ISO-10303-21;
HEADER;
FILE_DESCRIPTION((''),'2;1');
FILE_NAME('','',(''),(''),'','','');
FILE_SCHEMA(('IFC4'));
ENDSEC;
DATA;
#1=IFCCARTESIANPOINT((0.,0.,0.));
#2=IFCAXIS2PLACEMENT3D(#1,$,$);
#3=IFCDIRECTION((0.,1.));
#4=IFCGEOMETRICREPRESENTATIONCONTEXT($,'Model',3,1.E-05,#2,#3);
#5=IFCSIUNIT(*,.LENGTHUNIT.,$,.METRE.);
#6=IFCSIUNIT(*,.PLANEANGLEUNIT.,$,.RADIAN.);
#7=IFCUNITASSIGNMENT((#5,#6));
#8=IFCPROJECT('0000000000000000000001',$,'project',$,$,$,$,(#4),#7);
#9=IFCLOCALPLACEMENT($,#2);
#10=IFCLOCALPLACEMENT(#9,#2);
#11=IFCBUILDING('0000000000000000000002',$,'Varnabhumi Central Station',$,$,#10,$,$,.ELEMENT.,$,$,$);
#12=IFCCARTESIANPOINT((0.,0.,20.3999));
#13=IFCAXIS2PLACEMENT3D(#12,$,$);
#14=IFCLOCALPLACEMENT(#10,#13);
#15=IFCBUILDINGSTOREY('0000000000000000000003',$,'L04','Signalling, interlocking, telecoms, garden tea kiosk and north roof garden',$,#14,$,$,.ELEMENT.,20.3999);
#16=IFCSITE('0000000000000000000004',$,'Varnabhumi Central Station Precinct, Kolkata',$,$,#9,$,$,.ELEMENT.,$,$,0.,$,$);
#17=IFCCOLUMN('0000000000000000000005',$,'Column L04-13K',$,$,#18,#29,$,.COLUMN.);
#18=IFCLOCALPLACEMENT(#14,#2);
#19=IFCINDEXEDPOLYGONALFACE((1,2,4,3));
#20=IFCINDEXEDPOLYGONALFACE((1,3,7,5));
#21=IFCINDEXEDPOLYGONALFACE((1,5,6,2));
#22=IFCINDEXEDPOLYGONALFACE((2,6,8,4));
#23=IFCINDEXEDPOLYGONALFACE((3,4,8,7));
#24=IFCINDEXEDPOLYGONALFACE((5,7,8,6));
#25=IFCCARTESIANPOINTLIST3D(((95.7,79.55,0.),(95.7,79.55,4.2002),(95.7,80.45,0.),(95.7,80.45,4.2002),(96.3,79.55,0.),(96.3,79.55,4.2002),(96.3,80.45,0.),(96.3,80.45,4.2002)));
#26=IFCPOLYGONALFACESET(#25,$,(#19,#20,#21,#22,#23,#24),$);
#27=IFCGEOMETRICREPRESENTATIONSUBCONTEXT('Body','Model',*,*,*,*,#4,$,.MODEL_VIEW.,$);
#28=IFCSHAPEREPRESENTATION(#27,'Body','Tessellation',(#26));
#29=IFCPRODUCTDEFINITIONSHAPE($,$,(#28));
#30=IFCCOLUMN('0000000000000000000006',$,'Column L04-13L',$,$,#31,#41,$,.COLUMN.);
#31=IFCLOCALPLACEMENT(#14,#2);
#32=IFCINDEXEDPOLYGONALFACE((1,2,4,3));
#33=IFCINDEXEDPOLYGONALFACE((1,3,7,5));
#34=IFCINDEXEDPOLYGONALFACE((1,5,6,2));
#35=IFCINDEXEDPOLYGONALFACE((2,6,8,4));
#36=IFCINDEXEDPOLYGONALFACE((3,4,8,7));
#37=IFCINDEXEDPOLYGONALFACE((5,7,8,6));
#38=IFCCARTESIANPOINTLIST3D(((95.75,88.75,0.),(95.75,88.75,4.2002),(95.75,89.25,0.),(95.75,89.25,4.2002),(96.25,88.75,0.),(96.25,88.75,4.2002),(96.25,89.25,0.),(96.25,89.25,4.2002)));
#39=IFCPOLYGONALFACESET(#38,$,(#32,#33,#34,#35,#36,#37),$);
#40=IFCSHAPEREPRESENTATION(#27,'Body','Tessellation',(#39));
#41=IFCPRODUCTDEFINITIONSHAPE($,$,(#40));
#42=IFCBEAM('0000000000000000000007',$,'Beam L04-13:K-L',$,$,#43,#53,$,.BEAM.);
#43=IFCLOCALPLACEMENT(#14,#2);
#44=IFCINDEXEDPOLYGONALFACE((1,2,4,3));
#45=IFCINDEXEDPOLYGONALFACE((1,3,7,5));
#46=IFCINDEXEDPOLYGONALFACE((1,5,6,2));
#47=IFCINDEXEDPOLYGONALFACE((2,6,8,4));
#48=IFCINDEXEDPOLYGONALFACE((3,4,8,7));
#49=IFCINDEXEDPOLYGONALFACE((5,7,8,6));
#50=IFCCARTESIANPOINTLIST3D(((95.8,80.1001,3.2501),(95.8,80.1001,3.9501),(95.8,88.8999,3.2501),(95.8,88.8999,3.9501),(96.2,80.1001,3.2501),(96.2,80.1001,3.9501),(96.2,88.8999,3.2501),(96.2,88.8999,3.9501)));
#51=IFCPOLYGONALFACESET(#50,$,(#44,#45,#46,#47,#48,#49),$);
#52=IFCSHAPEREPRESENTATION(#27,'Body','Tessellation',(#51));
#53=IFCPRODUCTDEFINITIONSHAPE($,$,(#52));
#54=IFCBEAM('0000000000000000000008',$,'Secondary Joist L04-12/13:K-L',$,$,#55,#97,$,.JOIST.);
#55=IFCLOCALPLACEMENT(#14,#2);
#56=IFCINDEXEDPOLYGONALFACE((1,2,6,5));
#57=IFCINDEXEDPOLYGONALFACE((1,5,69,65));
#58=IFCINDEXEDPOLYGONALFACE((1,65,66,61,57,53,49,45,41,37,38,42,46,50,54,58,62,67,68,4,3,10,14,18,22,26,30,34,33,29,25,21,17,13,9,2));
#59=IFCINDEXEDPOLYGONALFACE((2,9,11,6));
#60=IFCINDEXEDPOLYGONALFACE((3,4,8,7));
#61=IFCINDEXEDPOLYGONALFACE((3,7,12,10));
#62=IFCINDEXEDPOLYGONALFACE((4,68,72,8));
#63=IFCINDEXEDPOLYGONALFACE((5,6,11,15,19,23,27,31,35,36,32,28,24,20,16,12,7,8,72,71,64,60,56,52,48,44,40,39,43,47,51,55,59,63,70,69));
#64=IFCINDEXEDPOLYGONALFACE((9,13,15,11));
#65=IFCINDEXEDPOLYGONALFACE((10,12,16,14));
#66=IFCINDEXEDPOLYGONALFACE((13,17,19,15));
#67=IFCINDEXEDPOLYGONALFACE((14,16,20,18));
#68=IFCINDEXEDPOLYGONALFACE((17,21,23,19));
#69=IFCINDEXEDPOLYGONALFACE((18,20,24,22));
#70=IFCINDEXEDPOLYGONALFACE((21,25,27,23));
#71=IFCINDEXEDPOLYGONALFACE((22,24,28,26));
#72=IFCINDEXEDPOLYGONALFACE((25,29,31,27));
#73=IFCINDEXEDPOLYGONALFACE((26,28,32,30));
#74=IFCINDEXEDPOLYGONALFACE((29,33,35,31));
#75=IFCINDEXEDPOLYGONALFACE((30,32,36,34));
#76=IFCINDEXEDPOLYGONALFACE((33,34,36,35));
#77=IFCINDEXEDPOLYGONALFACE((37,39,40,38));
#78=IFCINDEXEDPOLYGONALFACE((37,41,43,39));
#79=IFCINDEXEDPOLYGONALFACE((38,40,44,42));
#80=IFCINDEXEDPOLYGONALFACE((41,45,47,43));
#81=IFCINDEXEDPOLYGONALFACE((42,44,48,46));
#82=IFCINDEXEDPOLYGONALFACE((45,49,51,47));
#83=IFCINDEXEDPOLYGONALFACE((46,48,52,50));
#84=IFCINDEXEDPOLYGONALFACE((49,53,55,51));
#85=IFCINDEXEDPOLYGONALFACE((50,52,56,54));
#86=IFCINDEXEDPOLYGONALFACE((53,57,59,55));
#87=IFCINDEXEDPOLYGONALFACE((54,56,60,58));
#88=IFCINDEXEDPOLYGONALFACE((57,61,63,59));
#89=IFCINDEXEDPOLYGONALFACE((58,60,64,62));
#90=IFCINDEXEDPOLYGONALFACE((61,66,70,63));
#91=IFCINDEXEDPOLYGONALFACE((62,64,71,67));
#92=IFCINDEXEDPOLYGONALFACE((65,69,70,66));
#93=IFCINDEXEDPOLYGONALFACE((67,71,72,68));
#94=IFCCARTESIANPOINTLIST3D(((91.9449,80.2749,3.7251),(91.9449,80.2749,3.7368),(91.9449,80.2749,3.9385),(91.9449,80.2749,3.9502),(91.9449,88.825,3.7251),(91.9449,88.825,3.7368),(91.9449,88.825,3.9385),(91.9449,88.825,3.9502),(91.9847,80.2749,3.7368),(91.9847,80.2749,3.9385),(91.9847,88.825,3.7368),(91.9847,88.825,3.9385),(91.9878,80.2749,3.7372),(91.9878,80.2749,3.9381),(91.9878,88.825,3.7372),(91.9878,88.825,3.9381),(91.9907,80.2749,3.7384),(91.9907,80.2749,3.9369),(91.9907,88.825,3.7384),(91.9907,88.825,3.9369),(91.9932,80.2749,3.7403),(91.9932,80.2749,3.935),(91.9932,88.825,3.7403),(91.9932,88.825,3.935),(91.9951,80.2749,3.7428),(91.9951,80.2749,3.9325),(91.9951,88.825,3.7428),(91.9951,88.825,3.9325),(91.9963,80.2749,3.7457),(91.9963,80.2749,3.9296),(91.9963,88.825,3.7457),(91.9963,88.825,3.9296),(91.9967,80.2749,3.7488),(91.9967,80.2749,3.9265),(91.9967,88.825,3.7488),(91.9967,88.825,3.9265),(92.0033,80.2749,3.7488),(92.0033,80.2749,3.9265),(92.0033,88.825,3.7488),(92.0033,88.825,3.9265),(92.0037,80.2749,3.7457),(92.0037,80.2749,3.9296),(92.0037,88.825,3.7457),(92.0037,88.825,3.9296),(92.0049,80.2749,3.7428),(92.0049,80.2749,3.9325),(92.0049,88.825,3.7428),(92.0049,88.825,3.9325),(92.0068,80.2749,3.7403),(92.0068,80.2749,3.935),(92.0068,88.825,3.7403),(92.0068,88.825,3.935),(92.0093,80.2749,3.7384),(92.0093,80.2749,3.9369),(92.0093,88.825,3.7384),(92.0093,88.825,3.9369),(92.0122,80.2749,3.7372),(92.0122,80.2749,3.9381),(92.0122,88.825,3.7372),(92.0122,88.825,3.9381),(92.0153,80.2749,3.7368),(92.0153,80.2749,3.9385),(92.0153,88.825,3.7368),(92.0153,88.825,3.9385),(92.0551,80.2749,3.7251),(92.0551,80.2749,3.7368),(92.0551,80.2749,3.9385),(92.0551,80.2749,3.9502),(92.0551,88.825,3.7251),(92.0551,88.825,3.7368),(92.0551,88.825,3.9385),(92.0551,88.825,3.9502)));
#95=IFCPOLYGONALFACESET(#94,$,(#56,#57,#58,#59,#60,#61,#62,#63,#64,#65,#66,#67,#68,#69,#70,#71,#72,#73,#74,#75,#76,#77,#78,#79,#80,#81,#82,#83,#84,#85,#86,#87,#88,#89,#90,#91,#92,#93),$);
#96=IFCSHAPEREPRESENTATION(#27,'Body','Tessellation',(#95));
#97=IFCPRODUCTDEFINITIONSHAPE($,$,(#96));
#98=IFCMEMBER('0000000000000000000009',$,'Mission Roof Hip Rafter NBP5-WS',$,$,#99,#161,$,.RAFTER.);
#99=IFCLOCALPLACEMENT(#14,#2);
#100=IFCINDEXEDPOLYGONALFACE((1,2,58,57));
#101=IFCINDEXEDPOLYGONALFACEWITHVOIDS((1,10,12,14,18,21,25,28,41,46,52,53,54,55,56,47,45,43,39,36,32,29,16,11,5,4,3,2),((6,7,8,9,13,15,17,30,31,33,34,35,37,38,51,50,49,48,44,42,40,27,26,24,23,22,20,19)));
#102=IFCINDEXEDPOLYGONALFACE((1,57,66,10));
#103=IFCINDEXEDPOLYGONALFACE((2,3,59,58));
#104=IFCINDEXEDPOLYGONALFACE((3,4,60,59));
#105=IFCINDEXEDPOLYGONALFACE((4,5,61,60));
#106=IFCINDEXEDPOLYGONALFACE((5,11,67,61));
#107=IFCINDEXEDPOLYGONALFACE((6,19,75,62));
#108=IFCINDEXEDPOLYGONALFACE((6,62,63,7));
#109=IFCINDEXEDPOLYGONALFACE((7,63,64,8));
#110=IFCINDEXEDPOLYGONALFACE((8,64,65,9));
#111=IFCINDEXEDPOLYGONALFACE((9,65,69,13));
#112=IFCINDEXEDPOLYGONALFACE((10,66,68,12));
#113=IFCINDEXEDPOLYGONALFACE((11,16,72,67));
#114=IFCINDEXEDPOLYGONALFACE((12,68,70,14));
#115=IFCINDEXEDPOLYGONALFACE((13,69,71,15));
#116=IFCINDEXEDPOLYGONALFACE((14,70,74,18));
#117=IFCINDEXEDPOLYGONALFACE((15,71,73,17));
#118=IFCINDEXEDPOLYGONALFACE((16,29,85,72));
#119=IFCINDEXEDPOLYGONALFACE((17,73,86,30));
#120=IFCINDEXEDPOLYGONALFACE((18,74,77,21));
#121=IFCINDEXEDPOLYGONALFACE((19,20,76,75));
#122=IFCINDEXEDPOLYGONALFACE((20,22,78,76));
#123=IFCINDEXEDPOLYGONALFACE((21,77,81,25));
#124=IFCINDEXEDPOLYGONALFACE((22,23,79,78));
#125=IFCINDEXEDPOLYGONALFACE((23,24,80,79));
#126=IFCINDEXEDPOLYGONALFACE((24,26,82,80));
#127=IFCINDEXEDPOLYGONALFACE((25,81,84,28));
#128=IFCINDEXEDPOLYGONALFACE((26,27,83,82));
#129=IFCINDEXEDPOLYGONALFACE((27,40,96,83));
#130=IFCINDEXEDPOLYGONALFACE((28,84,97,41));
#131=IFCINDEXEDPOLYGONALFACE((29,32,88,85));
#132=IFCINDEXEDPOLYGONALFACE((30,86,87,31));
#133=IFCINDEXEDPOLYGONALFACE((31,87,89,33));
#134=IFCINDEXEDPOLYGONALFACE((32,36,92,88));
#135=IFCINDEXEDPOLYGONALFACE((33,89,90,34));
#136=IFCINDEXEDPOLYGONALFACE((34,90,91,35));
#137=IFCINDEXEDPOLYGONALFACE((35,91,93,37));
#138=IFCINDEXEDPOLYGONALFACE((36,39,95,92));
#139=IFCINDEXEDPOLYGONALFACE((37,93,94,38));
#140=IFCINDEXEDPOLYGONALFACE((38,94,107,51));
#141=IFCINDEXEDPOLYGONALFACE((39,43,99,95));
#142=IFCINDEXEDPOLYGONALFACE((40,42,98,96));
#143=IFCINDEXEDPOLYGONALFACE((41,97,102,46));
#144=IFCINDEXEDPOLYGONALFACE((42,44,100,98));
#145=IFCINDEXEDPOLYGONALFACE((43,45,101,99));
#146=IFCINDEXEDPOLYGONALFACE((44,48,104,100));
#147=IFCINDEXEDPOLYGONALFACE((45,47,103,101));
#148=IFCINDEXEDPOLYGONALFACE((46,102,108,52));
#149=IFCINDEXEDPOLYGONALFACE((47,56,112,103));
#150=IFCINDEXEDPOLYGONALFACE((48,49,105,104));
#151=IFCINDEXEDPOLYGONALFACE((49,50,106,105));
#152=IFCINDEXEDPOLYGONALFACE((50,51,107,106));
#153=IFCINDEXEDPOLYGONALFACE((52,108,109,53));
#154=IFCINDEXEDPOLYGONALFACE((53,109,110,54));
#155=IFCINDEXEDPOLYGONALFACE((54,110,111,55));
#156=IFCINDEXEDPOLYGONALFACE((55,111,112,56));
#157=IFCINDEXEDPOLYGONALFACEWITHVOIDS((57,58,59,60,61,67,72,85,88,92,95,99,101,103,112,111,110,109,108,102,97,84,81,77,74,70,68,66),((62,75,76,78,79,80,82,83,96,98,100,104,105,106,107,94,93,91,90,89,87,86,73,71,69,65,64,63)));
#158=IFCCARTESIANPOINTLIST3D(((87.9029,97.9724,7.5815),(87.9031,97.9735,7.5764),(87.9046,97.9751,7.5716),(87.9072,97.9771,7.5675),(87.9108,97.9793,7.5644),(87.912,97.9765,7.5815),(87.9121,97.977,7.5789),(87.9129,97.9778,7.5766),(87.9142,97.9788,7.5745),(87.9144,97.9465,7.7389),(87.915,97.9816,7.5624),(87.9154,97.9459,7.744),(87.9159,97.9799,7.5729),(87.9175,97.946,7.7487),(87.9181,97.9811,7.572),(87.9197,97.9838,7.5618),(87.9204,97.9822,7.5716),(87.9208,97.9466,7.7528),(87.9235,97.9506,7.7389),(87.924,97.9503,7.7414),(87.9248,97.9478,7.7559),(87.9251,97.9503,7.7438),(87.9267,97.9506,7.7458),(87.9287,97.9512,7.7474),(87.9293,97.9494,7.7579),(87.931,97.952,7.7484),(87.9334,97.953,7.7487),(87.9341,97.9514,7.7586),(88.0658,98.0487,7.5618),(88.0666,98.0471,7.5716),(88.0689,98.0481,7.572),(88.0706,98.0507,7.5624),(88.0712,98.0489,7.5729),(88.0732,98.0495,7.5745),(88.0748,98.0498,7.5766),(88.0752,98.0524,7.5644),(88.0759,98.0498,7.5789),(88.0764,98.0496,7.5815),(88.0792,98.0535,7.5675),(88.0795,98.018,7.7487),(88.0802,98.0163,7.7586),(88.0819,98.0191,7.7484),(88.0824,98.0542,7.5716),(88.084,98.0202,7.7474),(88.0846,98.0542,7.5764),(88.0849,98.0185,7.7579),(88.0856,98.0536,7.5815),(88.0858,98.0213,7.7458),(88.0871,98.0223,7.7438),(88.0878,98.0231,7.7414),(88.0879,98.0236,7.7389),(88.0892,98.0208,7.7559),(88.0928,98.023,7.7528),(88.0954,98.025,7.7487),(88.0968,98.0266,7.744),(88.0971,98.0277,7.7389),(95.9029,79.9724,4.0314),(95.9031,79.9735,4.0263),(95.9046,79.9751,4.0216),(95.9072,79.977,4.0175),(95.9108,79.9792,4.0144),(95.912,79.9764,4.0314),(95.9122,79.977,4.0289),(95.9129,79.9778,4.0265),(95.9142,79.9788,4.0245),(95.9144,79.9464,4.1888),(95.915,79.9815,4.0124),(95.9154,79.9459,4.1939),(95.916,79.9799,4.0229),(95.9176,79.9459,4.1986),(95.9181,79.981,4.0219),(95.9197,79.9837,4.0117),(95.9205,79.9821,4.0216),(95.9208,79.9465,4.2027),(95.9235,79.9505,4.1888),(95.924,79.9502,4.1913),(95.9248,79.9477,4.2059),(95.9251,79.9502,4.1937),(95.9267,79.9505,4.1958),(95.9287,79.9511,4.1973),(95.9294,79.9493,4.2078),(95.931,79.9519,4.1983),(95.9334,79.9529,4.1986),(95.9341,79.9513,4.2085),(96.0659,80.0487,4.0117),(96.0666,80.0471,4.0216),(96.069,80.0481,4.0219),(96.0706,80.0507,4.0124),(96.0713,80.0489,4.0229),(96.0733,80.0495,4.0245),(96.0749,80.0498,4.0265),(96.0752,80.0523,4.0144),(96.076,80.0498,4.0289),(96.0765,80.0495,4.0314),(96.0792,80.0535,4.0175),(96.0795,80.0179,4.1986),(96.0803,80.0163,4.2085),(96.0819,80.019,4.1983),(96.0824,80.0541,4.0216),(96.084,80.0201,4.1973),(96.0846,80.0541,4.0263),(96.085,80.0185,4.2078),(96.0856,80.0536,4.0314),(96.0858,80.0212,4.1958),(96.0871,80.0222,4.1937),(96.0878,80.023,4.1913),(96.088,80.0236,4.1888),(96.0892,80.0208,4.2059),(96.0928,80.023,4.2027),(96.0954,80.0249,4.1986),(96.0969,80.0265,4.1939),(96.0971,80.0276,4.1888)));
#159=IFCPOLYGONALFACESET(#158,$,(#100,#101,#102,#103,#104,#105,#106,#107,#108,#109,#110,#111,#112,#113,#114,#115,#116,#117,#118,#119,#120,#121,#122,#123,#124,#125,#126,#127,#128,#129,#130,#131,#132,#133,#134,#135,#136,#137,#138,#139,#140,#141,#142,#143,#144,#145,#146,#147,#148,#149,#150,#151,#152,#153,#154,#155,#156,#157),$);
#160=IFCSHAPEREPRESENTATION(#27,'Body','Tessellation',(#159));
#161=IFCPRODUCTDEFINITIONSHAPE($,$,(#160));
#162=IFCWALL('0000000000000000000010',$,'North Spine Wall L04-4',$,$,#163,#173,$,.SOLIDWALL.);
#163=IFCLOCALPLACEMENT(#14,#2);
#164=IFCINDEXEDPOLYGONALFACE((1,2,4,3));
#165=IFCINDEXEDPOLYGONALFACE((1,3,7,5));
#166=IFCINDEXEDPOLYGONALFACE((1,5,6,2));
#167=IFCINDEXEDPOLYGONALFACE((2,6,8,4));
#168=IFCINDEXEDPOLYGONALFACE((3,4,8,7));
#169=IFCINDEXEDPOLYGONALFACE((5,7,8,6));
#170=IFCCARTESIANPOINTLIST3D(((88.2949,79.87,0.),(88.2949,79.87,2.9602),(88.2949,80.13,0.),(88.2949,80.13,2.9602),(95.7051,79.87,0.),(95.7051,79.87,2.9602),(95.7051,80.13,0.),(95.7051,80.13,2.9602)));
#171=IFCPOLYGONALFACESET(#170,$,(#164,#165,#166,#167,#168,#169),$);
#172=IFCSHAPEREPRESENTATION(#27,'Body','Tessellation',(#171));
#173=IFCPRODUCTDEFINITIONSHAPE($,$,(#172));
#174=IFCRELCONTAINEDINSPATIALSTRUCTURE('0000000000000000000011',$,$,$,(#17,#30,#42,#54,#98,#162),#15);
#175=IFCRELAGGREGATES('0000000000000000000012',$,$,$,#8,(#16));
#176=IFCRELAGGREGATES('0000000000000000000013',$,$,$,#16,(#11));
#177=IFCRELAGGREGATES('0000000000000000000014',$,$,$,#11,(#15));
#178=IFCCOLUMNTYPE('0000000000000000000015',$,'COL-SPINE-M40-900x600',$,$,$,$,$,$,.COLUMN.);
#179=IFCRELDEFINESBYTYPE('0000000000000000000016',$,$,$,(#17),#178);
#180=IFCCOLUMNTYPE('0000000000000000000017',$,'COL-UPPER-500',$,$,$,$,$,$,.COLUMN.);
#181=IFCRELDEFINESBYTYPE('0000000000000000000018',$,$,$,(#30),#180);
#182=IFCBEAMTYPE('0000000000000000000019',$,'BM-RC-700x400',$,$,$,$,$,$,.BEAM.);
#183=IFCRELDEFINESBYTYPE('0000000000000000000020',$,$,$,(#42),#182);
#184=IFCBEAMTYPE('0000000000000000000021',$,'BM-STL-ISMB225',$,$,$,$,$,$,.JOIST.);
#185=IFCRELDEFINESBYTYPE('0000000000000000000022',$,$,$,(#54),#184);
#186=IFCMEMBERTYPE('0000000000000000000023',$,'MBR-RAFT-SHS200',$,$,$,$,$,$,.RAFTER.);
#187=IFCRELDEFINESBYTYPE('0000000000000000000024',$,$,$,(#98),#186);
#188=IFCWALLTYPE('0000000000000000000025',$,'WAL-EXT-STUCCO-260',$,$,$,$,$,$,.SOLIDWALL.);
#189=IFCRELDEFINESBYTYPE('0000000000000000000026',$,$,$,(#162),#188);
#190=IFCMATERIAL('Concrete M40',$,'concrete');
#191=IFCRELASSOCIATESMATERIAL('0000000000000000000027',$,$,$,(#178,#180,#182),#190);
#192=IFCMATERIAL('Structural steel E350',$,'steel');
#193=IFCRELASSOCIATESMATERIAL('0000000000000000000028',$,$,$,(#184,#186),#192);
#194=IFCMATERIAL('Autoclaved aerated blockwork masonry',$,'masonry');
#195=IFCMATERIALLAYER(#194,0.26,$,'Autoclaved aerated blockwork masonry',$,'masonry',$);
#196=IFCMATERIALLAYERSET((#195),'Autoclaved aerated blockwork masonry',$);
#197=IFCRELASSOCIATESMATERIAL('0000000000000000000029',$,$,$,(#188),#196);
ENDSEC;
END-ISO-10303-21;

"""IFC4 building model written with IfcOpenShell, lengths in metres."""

from ifc_helpers import new_model, si_unit, direction, frame, frame_2d, origin, origin_2d, place, context, subcontext, project, spatial, rectangle, hollow_rectangle, i_section, extrude, material, layer, layer_set, material_profile, profile_set, type_object, element, save


model = new_model("IFC4")

# Units and contexts
model_context = context("Model", 3, precision=1e-05, world=origin(), true_north=direction((0.0, 1.0)))
body_context = subcontext(model_context, "Body", "Model", "MODEL_VIEW")
ifc_project = project(units=[si_unit("LENGTHUNIT", "METRE"), si_unit("PLANEANGLEUNIT", "RADIAN")], contexts=[model_context])

# Site, building, storey
site_placement = place(None, origin())
site = spatial("IfcSite", under=ifc_project, at=site_placement, Name="Varnabhumi Central Station Precinct, Kolkata", CompositionType="ELEMENT", RefElevation=0.0)
building_placement = place(site_placement, origin())
building = spatial("IfcBuilding", under=site, at=building_placement, Name="Varnabhumi Central Station", CompositionType="ELEMENT")
storey_placement = place(building_placement, frame((0.0, 0.0, 20.3999)))
storey = spatial("IfcBuildingStorey", under=building, at=storey_placement, Name="L04", Description="Signalling, interlocking, telecoms, garden tea kiosk and north roof garden", CompositionType="ELEMENT", Elevation=20.3999)

# Columns
ifc_material_1 = material(Name="Concrete M40", Category="concrete")
ifc_material_profile_1 = material_profile(ifc_material_1, rectangle(XDim=0.6001, YDim=0.8999, at=origin_2d()), Name="Concrete M40", Category="concrete")
ifc_profile_set_1 = profile_set([ifc_material_profile_1], Name="Concrete M40")
column_type_1 = type_object("IfcColumnType", Name="COL-SPINE-M40-900x600", PredefinedType="COLUMN", material=ifc_profile_set_1)
column_1_placement = place(storey_placement, frame((96.0, 80.0, 0.0), z_axis=(0.0, 0.0, 1.0), x_axis=(1.0, 0.0, 0.0)))
element("IfcColumn", 1, at=column_1_placement, inside=storey, type_object=column_type_1, Name="Column L04-13K", PredefinedType="COLUMN", context=body_context, shape_type="SweptSolid", body=[
    extrude(rectangle(XDim=0.6001, YDim=0.8999, at=origin_2d()), origin(), (0.0, 0.0, 1.0), 4.2002),
])
ifc_material_profile_2 = material_profile(ifc_material_1, rectangle(XDim=0.5, YDim=0.5, at=origin_2d()), Name="Concrete M40", Category="concrete")
ifc_profile_set_2 = profile_set([ifc_material_profile_2], Name="Concrete M40")
column_type_2 = type_object("IfcColumnType", Name="COL-UPPER-500", PredefinedType="COLUMN", material=ifc_profile_set_2)
column_2_placement = place(storey_placement, frame((96.0, 89.0, 0.0), z_axis=(0.0, 0.0, 1.0), x_axis=(1.0, 0.0, 0.0)))
element("IfcColumn", 2, at=column_2_placement, inside=storey, type_object=column_type_2, Name="Column L04-13L", PredefinedType="COLUMN", context=body_context, shape_type="SweptSolid", body=[
    extrude(rectangle(XDim=0.5, YDim=0.5, at=origin_2d()), origin(), (0.0, 0.0, 1.0), 4.2002),
])

# Beams
ifc_material_profile_3 = material_profile(ifc_material_1, rectangle(XDim=0.3999, YDim=0.7, at=origin_2d()), Name="Concrete M40", Category="concrete")
ifc_profile_set_3 = profile_set([ifc_material_profile_3], Name="Concrete M40")
beam_type_1 = type_object("IfcBeamType", Name="BM-RC-700x400", PredefinedType="BEAM", material=ifc_profile_set_3)
beam_1_placement = place(storey_placement, frame((96.0, 80.1001, 3.6001), z_axis=(0.0, 1.0, 0.0), x_axis=(-1.0, 0.0, 0.0)))
element("IfcBeam", 3, at=beam_1_placement, inside=storey, type_object=beam_type_1, Name="Beam L04-13:K-L", PredefinedType="BEAM", context=body_context, shape_type="SweptSolid", body=[
    extrude(rectangle(XDim=0.3999, YDim=0.7, at=origin_2d()), origin(), (0.0, 0.0, 1.0), 8.7998),
])
ifc_material_2 = material(Name="Structural steel E350", Category="steel")
ifc_material_profile_4 = material_profile(ifc_material_2, i_section(OverallWidth=0.1101, OverallDepth=0.2251, WebThickness=0.0066, FlangeThickness=0.0117, FilletRadius=0.012, at=origin_2d()), Name="Structural steel E350", Category="steel")
ifc_profile_set_4 = profile_set([ifc_material_profile_4], Name="Structural steel E350")
beam_type_2 = type_object("IfcBeamType", Name="BM-STL-ISMB225", PredefinedType="JOIST", material=ifc_profile_set_4)
beam_2_placement = place(storey_placement, frame((92.0, 80.2749, 3.8376), z_axis=(0.0, 1.0, 0.0), x_axis=(-1.0, 0.0, 0.0)))
element("IfcBeam", 4, at=beam_2_placement, inside=storey, type_object=beam_type_2, Name="Secondary Joist L04-12/13:K-L", PredefinedType="JOIST", context=body_context, shape_type="SweptSolid", body=[
    extrude(i_section(OverallWidth=0.1101, OverallDepth=0.2251, WebThickness=0.0066, FlangeThickness=0.0117, FilletRadius=0.012, at=origin_2d()), origin(), (0.0, 0.0, 1.0), 8.55),
])

# Member
ifc_material_profile_5 = material_profile(ifc_material_2, hollow_rectangle(XDim=0.2, YDim=0.2, WallThickness=0.01, InnerFilletRadius=0.01, OuterFilletRadius=0.02, at=origin_2d()), Name="Structural steel E350", Category="steel")
ifc_profile_set_5 = profile_set([ifc_material_profile_5], Name="Structural steel E350")
member_type = type_object("IfcMemberType", Name="MBR-RAFT-SHS200", PredefinedType="RAFTER", material=ifc_profile_set_5)
member_placement = place(storey_placement, frame((96.0, 80.0, 4.1101), z_axis=(-0.399699, 0.899323, 0.177369), x_axis=(-0.913812, -0.406138, 0.0)))
element("IfcMember", 5, at=member_placement, inside=storey, type_object=member_type, Name="Mission Roof Hip Rafter NBP5-WS", PredefinedType="RAFTER", context=body_context, shape_type="SweptSolid", body=[
    extrude(hollow_rectangle(XDim=0.2, YDim=0.2, WallThickness=0.01, InnerFilletRadius=0.01, OuterFilletRadius=0.02, at=origin_2d()), origin(), (0.0, 0.0, 1.0), 20.0151),
])

# Wall
ifc_material_3 = material(Name="Autoclaved aerated blockwork masonry", Category="masonry")
ifc_layer_1 = layer(ifc_material_3, 0.26, Name="Autoclaved aerated blockwork masonry", Category="masonry")
ifc_layer_set_1 = layer_set([ifc_layer_1], Name="Autoclaved aerated blockwork masonry")
wall_type = type_object("IfcWallType", Name="WAL-EXT-STUCCO-260", PredefinedType="SOLIDWALL", material=ifc_layer_set_1)
wall_1_placement = place(storey_placement, frame((88.2949, 80.0, 0.0), z_axis=(0.0, 0.0, 1.0), x_axis=(1.0, 0.0, 0.0)))
element("IfcWall", 6, at=wall_1_placement, inside=storey, type_object=wall_type, Name="North Spine Wall L04-4", PredefinedType="SOLIDWALL", context=body_context, shape_type="SweptSolid", body=[
    extrude(rectangle(XDim=7.4102, YDim=0.26, at=frame_2d((3.7051, 0.0))), origin(), (0.0, 0.0, 1.0), 2.9602),
])

save(model, "model.ifc")
